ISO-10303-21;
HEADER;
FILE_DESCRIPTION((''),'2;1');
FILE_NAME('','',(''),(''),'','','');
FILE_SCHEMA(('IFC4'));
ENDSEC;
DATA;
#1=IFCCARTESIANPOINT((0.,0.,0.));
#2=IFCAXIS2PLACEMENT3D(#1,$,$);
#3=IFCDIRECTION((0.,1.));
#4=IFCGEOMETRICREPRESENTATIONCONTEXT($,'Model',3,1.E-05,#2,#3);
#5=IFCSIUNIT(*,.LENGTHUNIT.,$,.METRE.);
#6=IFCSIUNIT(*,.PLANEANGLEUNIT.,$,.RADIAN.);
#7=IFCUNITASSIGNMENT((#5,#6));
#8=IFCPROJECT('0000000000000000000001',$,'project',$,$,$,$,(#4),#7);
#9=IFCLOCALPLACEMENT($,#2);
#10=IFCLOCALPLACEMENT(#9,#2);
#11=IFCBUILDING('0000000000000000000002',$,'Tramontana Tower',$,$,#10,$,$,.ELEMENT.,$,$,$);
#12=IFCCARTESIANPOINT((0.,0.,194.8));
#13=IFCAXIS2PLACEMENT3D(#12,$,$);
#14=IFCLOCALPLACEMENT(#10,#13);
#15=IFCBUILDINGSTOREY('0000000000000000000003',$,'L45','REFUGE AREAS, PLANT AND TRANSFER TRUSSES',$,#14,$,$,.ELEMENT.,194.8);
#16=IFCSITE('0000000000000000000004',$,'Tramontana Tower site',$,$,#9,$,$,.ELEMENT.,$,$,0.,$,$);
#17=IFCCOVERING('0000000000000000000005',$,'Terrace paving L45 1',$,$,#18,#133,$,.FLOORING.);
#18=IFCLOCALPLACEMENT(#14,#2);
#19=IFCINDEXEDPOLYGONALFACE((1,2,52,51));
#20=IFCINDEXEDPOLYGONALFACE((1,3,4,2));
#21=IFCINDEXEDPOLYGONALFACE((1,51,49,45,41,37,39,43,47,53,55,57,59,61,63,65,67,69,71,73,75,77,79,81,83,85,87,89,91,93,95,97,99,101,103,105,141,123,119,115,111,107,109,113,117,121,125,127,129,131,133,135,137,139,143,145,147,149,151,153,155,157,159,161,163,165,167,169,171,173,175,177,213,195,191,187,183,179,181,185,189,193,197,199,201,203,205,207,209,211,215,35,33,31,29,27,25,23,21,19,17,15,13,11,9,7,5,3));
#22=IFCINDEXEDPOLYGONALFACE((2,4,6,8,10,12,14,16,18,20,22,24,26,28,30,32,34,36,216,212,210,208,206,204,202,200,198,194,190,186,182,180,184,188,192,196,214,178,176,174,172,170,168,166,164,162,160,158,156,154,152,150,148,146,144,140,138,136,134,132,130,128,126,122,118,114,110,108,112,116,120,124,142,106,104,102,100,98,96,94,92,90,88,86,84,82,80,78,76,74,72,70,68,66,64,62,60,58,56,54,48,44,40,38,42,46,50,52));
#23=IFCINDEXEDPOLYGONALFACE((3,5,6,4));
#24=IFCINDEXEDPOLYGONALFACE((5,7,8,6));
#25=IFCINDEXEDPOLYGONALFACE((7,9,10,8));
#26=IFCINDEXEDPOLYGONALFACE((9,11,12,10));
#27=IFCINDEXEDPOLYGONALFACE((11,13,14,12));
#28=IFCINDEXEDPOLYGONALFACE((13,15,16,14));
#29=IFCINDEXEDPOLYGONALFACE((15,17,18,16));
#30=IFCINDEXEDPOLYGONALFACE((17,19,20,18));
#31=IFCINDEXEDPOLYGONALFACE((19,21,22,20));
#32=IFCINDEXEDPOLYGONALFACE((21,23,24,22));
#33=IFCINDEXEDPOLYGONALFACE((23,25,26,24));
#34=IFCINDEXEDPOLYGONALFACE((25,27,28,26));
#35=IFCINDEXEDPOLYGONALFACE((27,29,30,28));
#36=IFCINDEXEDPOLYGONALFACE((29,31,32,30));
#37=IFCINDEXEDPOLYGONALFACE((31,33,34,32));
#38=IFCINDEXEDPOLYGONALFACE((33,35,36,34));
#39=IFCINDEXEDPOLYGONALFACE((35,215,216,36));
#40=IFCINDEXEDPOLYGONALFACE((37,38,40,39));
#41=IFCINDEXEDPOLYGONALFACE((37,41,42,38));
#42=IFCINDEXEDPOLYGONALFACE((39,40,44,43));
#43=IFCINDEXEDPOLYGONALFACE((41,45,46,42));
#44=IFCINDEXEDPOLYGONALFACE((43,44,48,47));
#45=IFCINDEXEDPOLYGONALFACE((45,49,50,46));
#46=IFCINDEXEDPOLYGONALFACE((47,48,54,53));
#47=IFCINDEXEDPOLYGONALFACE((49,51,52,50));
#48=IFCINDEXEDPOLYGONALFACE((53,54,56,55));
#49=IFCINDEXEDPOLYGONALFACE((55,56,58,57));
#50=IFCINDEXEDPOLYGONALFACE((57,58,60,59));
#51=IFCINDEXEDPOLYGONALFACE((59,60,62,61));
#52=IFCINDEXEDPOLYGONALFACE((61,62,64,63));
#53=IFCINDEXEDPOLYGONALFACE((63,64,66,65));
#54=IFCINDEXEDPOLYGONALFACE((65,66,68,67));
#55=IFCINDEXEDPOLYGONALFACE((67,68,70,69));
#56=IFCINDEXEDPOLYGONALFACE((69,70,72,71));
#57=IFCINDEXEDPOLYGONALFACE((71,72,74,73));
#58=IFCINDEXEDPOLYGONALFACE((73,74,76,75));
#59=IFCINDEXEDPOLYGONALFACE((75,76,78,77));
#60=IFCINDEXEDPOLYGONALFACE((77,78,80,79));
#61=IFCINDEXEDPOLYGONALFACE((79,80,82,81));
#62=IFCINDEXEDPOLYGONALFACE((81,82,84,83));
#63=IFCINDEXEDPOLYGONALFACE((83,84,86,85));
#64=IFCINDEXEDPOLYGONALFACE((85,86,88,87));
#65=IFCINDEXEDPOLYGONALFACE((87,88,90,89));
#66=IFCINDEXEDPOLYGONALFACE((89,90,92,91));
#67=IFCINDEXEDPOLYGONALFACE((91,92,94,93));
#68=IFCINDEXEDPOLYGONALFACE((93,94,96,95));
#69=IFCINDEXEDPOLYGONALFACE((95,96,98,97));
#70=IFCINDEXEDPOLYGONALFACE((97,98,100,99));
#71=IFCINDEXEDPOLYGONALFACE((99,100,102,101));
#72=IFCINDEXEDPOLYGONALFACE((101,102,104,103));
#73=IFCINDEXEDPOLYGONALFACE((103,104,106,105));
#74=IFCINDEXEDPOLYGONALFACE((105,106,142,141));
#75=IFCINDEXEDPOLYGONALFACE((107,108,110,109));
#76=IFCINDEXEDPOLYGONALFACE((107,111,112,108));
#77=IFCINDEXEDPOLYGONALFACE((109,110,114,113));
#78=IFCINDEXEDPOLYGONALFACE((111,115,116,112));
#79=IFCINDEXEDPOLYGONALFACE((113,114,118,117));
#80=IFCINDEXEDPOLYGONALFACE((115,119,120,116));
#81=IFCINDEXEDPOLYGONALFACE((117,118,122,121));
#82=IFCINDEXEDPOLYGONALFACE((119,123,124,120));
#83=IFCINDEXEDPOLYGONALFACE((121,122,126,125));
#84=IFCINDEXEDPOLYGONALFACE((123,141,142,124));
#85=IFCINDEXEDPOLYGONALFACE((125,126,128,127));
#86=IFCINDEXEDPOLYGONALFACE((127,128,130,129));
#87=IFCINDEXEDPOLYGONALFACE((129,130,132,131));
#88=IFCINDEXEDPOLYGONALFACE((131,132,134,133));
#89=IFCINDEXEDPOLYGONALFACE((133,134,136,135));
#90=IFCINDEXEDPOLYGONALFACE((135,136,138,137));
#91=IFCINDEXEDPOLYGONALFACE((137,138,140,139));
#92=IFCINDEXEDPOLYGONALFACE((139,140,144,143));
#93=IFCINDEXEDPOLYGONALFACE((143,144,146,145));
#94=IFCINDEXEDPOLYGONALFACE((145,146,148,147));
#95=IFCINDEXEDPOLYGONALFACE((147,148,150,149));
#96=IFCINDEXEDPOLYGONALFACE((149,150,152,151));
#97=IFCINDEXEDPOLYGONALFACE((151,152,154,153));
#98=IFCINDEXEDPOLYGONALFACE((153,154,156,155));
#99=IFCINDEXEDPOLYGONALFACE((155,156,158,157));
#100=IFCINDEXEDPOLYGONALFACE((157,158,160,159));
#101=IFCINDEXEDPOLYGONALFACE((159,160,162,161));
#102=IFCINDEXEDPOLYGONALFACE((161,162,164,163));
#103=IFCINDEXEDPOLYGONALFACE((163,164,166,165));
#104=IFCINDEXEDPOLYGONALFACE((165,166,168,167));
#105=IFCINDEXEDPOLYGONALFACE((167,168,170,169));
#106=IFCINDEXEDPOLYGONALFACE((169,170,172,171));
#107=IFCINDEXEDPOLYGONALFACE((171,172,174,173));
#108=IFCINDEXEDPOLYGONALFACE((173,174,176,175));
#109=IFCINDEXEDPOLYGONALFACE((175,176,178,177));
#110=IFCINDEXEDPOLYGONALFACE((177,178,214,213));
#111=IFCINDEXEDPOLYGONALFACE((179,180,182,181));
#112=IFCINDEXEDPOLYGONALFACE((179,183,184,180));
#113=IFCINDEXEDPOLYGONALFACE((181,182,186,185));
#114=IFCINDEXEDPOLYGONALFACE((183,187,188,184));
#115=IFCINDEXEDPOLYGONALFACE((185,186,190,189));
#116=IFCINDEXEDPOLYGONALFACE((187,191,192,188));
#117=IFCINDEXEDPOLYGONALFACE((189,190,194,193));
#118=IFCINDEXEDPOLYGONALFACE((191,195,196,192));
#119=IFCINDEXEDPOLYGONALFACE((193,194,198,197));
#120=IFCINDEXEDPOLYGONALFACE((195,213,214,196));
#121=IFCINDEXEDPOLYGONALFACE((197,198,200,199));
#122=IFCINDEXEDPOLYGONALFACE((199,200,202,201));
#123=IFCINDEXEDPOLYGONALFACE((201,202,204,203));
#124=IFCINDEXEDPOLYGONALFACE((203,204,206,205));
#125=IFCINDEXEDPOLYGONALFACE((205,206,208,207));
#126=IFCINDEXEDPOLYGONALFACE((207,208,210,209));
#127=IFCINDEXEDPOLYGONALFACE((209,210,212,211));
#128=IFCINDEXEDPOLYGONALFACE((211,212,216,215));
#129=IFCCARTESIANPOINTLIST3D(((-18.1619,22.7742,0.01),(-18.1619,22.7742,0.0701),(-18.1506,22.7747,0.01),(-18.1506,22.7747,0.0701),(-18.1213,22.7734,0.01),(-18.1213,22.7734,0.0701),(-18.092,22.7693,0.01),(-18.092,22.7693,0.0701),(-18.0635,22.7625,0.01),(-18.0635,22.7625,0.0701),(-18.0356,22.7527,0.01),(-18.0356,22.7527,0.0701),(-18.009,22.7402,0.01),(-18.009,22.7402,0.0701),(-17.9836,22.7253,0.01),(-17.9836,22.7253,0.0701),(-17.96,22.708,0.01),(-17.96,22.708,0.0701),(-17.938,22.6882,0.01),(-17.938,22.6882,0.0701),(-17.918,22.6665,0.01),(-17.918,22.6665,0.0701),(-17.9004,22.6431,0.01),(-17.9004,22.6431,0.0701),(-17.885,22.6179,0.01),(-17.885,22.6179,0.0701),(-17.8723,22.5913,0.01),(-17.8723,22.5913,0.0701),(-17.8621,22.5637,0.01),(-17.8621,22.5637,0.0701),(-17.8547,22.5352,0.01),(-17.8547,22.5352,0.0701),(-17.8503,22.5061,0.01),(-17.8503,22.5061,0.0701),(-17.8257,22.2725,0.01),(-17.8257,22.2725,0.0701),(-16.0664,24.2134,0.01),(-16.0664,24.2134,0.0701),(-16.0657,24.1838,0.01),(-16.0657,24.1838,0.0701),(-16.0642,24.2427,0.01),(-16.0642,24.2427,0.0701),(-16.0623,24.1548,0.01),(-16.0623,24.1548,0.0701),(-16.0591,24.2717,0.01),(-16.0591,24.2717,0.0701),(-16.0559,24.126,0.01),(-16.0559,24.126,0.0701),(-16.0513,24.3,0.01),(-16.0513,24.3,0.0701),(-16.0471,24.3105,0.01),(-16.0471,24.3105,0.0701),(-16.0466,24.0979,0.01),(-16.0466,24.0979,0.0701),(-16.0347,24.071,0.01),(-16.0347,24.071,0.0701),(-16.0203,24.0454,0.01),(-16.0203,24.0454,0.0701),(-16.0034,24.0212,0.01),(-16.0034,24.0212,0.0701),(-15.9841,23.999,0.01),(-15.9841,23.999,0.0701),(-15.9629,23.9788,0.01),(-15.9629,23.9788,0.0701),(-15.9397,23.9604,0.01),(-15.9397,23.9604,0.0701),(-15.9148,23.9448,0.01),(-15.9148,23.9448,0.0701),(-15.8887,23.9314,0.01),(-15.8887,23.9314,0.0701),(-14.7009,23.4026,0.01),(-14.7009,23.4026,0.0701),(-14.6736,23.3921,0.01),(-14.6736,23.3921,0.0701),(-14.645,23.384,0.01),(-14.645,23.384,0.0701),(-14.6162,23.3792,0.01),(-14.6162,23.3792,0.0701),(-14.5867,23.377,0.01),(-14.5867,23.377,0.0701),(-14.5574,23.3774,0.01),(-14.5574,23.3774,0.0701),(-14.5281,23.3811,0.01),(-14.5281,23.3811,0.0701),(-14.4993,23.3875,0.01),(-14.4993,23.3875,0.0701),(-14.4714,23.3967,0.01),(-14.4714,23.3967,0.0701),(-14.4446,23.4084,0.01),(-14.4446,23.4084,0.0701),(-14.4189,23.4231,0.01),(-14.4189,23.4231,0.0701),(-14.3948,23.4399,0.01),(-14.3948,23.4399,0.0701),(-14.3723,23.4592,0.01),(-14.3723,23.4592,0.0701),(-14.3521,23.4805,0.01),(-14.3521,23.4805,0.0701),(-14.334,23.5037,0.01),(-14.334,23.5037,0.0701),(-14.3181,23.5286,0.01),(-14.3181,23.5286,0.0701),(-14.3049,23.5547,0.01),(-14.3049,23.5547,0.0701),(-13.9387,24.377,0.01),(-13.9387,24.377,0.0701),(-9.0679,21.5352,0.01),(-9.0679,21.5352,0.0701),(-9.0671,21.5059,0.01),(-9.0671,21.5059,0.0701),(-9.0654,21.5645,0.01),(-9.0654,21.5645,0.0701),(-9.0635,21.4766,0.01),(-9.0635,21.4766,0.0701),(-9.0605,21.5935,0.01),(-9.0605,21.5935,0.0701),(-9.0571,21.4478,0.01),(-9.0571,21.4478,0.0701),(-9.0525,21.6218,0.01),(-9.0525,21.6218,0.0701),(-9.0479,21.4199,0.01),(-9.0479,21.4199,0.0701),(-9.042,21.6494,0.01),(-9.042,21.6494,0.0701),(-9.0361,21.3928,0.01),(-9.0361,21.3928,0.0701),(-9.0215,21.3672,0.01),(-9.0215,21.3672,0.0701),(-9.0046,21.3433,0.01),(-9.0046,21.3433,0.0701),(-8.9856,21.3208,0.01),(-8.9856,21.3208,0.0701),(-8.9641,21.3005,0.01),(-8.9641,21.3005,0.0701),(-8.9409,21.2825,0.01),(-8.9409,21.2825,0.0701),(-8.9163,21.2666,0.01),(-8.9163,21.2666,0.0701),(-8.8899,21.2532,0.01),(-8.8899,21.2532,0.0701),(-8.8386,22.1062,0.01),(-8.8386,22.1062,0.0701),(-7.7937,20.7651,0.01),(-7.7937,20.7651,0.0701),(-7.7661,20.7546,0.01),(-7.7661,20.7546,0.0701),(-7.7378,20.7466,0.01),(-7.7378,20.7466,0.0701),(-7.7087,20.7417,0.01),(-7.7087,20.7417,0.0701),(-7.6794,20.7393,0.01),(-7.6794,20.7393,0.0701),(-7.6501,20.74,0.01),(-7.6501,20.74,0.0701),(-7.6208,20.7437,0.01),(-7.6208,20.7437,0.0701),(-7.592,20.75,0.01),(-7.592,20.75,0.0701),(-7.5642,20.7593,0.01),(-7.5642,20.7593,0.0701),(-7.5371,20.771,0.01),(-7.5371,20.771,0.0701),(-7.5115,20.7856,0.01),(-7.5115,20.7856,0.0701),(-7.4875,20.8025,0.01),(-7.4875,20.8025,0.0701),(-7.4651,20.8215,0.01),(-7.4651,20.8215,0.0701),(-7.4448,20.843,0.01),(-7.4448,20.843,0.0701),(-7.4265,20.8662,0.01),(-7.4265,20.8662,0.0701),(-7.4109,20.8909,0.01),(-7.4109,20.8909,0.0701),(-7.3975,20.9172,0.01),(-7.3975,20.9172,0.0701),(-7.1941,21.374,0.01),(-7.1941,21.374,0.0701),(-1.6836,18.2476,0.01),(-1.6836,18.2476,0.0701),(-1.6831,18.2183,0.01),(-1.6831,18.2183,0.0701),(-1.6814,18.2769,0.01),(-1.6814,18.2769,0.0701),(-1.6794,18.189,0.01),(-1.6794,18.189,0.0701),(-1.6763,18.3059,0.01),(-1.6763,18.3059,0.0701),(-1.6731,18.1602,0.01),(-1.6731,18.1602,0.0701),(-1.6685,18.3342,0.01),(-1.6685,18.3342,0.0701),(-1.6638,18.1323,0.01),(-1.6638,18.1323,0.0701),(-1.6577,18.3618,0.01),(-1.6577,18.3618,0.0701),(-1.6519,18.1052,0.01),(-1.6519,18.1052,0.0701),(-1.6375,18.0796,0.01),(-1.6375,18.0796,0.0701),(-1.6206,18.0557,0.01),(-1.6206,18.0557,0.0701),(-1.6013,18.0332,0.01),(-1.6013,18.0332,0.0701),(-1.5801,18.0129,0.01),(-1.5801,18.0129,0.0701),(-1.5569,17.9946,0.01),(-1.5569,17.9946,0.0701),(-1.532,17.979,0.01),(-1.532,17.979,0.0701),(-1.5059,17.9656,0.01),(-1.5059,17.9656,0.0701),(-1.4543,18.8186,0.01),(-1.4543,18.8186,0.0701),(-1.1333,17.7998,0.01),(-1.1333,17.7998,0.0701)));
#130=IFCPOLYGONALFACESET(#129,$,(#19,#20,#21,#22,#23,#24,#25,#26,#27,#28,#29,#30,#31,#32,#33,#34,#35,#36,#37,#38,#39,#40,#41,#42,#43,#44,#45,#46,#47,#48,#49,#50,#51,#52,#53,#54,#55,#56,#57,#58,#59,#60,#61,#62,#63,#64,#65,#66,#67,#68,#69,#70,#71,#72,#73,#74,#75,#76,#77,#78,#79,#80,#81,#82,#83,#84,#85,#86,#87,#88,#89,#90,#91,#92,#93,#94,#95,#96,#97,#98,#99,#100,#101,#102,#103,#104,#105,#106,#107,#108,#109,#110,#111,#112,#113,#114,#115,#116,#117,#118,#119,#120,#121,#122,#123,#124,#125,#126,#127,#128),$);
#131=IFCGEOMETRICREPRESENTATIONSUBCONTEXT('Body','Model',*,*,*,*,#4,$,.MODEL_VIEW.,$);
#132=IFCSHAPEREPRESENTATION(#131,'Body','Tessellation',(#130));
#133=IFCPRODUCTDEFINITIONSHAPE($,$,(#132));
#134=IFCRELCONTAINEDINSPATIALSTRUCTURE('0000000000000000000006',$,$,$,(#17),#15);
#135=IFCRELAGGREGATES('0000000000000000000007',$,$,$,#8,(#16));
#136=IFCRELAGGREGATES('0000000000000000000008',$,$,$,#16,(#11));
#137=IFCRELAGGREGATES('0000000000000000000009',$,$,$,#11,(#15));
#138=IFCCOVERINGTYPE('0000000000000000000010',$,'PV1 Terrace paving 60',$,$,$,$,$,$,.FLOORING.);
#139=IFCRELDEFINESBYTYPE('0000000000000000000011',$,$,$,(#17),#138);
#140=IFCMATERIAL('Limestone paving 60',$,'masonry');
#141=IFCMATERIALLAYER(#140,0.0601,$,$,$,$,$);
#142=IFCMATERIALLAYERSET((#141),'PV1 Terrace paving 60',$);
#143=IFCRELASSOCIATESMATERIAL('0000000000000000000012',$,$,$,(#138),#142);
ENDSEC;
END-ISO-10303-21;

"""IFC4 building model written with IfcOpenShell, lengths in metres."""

from ifc_helpers import new_model, si_unit, direction, frame, origin, place, context, subcontext, project, spatial, polyline, outline, extrude, material, layer, layer_set, type_object, element, save


model = new_model("IFC4")

# Units and contexts
model_context = context("Model", 3, precision=1e-05, world=origin(), true_north=direction((0.0, 1.0)))
body_context = subcontext(model_context, "Body", "Model", "MODEL_VIEW")
ifc_project = project(units=[si_unit("LENGTHUNIT", "METRE"), si_unit("PLANEANGLEUNIT", "RADIAN")], contexts=[model_context])

# Site, building, storey
site_placement = place(None, origin())
site = spatial("IfcSite", under=ifc_project, at=site_placement, Name="Tramontana Tower site", CompositionType="ELEMENT", RefElevation=0.0)
building_placement = place(site_placement, origin())
building = spatial("IfcBuilding", under=site, at=building_placement, Name="Tramontana Tower", CompositionType="ELEMENT")
storey_placement = place(building_placement, frame((0.0, 0.0, 194.8)))
storey = spatial("IfcBuildingStorey", under=building, at=storey_placement, Name="L45", Description="REFUGE AREAS, PLANT AND TRANSFER TRUSSES", CompositionType="ELEMENT", Elevation=194.8)

# Covering
ifc_material_1 = material(Name="Limestone paving 60", Category="masonry")
ifc_layer_1 = layer(ifc_material_1, 0.0601)
ifc_layer_set_1 = layer_set([ifc_layer_1], Name="PV1 Terrace paving 60")
covering_type_1 = type_object("IfcCoveringType", Name="PV1 Terrace paving 60", PredefinedType="FLOORING", material=ifc_layer_set_1)
covering_1_placement = place(storey_placement, frame((0.0, 0.0, 0.01)))
element("IfcCovering", 1, at=covering_1_placement, inside=storey, type_object=covering_type_1, Name="Terrace paving L45 1", PredefinedType="FLOORING", context=body_context, shape_type="SweptSolid", body=[
    extrude(outline(polyline([(-16.0471, 24.3105), (-16.0513, 24.3), (-16.0591, 24.2717), (-16.0642, 24.2427), (-16.0664, 24.2134), (-16.0657, 24.1838), (-16.0623, 24.1548), (-16.0559, 24.126), (-16.0466, 24.0979), (-16.0347, 24.071), (-16.0203, 24.0454), (-16.0034, 24.0212), (-15.9841, 23.999), (-15.9629, 23.9788), (-15.9397, 23.9604), (-15.9148, 23.9448), (-15.8887, 23.9314), (-14.7009, 23.4026), (-14.6736, 23.3921), (-14.645, 23.384), (-14.6162, 23.3792), (-14.5867, 23.377), (-14.5574, 23.3774), (-14.5281, 23.3811), (-14.4993, 23.3875), (-14.4714, 23.3967), (-14.4446, 23.4084), (-14.4189, 23.4231), (-14.3948, 23.4399), (-14.3723, 23.4592), (-14.3521, 23.4805), (-14.334, 23.5037), (-14.3181, 23.5286), (-14.3049, 23.5547), (-13.9387, 24.377), (-8.8386, 22.1062), (-9.042, 21.6494), (-9.0525, 21.6218), (-9.0605, 21.5935), (-9.0654, 21.5645), (-9.0679, 21.5352), (-9.0671, 21.5059), (-9.0635, 21.4766), (-9.0571, 21.4478), (-9.0479, 21.4199), (-9.0361, 21.3928), (-9.0215, 21.3672), (-9.0046, 21.3433), (-8.9856, 21.3208), (-8.9641, 21.3005), (-8.9409, 21.2825), (-8.9163, 21.2666), (-8.8899, 21.2532), (-7.7937, 20.7651), (-7.7661, 20.7546), (-7.7378, 20.7466), (-7.7087, 20.7417), (-7.6794, 20.7393), (-7.6501, 20.74), (-7.6208, 20.7437), (-7.592, 20.75), (-7.5642, 20.7593), (-7.5371, 20.771), (-7.5115, 20.7856), (-7.4875, 20.8025), (-7.4651, 20.8215), (-7.4448, 20.843), (-7.4265, 20.8662), (-7.4109, 20.8909), (-7.3975, 20.9172), (-7.1941, 21.374), (-1.4543, 18.8186), (-1.6577, 18.3618), (-1.6685, 18.3342), (-1.6763, 18.3059), (-1.6814, 18.2769), (-1.6836, 18.2476), (-1.6831, 18.2183), (-1.6794, 18.189), (-1.6731, 18.1602), (-1.6638, 18.1323), (-1.6519, 18.1052), (-1.6375, 18.0796), (-1.6206, 18.0557), (-1.6013, 18.0332), (-1.5801, 18.0129), (-1.5569, 17.9946), (-1.532, 17.979), (-1.5059, 17.9656), (-1.1333, 17.7998), (-17.8257, 22.2725), (-17.8503, 22.5061), (-17.8547, 22.5352), (-17.8621, 22.5637), (-17.8723, 22.5913), (-17.885, 22.6179), (-17.9004, 22.6431), (-17.918, 22.6665), (-17.938, 22.6882), (-17.96, 22.708), (-17.9836, 22.7253), (-18.009, 22.7402), (-18.0356, 22.7527), (-18.0635, 22.7625), (-18.092, 22.7693), (-18.1213, 22.7734), (-18.1506, 22.7747), (-18.1619, 22.7742), (-16.0471, 24.3105)])), origin(), (0.0, 0.0, 1.0), 0.0601),
])

save(model, "model.ifc")
